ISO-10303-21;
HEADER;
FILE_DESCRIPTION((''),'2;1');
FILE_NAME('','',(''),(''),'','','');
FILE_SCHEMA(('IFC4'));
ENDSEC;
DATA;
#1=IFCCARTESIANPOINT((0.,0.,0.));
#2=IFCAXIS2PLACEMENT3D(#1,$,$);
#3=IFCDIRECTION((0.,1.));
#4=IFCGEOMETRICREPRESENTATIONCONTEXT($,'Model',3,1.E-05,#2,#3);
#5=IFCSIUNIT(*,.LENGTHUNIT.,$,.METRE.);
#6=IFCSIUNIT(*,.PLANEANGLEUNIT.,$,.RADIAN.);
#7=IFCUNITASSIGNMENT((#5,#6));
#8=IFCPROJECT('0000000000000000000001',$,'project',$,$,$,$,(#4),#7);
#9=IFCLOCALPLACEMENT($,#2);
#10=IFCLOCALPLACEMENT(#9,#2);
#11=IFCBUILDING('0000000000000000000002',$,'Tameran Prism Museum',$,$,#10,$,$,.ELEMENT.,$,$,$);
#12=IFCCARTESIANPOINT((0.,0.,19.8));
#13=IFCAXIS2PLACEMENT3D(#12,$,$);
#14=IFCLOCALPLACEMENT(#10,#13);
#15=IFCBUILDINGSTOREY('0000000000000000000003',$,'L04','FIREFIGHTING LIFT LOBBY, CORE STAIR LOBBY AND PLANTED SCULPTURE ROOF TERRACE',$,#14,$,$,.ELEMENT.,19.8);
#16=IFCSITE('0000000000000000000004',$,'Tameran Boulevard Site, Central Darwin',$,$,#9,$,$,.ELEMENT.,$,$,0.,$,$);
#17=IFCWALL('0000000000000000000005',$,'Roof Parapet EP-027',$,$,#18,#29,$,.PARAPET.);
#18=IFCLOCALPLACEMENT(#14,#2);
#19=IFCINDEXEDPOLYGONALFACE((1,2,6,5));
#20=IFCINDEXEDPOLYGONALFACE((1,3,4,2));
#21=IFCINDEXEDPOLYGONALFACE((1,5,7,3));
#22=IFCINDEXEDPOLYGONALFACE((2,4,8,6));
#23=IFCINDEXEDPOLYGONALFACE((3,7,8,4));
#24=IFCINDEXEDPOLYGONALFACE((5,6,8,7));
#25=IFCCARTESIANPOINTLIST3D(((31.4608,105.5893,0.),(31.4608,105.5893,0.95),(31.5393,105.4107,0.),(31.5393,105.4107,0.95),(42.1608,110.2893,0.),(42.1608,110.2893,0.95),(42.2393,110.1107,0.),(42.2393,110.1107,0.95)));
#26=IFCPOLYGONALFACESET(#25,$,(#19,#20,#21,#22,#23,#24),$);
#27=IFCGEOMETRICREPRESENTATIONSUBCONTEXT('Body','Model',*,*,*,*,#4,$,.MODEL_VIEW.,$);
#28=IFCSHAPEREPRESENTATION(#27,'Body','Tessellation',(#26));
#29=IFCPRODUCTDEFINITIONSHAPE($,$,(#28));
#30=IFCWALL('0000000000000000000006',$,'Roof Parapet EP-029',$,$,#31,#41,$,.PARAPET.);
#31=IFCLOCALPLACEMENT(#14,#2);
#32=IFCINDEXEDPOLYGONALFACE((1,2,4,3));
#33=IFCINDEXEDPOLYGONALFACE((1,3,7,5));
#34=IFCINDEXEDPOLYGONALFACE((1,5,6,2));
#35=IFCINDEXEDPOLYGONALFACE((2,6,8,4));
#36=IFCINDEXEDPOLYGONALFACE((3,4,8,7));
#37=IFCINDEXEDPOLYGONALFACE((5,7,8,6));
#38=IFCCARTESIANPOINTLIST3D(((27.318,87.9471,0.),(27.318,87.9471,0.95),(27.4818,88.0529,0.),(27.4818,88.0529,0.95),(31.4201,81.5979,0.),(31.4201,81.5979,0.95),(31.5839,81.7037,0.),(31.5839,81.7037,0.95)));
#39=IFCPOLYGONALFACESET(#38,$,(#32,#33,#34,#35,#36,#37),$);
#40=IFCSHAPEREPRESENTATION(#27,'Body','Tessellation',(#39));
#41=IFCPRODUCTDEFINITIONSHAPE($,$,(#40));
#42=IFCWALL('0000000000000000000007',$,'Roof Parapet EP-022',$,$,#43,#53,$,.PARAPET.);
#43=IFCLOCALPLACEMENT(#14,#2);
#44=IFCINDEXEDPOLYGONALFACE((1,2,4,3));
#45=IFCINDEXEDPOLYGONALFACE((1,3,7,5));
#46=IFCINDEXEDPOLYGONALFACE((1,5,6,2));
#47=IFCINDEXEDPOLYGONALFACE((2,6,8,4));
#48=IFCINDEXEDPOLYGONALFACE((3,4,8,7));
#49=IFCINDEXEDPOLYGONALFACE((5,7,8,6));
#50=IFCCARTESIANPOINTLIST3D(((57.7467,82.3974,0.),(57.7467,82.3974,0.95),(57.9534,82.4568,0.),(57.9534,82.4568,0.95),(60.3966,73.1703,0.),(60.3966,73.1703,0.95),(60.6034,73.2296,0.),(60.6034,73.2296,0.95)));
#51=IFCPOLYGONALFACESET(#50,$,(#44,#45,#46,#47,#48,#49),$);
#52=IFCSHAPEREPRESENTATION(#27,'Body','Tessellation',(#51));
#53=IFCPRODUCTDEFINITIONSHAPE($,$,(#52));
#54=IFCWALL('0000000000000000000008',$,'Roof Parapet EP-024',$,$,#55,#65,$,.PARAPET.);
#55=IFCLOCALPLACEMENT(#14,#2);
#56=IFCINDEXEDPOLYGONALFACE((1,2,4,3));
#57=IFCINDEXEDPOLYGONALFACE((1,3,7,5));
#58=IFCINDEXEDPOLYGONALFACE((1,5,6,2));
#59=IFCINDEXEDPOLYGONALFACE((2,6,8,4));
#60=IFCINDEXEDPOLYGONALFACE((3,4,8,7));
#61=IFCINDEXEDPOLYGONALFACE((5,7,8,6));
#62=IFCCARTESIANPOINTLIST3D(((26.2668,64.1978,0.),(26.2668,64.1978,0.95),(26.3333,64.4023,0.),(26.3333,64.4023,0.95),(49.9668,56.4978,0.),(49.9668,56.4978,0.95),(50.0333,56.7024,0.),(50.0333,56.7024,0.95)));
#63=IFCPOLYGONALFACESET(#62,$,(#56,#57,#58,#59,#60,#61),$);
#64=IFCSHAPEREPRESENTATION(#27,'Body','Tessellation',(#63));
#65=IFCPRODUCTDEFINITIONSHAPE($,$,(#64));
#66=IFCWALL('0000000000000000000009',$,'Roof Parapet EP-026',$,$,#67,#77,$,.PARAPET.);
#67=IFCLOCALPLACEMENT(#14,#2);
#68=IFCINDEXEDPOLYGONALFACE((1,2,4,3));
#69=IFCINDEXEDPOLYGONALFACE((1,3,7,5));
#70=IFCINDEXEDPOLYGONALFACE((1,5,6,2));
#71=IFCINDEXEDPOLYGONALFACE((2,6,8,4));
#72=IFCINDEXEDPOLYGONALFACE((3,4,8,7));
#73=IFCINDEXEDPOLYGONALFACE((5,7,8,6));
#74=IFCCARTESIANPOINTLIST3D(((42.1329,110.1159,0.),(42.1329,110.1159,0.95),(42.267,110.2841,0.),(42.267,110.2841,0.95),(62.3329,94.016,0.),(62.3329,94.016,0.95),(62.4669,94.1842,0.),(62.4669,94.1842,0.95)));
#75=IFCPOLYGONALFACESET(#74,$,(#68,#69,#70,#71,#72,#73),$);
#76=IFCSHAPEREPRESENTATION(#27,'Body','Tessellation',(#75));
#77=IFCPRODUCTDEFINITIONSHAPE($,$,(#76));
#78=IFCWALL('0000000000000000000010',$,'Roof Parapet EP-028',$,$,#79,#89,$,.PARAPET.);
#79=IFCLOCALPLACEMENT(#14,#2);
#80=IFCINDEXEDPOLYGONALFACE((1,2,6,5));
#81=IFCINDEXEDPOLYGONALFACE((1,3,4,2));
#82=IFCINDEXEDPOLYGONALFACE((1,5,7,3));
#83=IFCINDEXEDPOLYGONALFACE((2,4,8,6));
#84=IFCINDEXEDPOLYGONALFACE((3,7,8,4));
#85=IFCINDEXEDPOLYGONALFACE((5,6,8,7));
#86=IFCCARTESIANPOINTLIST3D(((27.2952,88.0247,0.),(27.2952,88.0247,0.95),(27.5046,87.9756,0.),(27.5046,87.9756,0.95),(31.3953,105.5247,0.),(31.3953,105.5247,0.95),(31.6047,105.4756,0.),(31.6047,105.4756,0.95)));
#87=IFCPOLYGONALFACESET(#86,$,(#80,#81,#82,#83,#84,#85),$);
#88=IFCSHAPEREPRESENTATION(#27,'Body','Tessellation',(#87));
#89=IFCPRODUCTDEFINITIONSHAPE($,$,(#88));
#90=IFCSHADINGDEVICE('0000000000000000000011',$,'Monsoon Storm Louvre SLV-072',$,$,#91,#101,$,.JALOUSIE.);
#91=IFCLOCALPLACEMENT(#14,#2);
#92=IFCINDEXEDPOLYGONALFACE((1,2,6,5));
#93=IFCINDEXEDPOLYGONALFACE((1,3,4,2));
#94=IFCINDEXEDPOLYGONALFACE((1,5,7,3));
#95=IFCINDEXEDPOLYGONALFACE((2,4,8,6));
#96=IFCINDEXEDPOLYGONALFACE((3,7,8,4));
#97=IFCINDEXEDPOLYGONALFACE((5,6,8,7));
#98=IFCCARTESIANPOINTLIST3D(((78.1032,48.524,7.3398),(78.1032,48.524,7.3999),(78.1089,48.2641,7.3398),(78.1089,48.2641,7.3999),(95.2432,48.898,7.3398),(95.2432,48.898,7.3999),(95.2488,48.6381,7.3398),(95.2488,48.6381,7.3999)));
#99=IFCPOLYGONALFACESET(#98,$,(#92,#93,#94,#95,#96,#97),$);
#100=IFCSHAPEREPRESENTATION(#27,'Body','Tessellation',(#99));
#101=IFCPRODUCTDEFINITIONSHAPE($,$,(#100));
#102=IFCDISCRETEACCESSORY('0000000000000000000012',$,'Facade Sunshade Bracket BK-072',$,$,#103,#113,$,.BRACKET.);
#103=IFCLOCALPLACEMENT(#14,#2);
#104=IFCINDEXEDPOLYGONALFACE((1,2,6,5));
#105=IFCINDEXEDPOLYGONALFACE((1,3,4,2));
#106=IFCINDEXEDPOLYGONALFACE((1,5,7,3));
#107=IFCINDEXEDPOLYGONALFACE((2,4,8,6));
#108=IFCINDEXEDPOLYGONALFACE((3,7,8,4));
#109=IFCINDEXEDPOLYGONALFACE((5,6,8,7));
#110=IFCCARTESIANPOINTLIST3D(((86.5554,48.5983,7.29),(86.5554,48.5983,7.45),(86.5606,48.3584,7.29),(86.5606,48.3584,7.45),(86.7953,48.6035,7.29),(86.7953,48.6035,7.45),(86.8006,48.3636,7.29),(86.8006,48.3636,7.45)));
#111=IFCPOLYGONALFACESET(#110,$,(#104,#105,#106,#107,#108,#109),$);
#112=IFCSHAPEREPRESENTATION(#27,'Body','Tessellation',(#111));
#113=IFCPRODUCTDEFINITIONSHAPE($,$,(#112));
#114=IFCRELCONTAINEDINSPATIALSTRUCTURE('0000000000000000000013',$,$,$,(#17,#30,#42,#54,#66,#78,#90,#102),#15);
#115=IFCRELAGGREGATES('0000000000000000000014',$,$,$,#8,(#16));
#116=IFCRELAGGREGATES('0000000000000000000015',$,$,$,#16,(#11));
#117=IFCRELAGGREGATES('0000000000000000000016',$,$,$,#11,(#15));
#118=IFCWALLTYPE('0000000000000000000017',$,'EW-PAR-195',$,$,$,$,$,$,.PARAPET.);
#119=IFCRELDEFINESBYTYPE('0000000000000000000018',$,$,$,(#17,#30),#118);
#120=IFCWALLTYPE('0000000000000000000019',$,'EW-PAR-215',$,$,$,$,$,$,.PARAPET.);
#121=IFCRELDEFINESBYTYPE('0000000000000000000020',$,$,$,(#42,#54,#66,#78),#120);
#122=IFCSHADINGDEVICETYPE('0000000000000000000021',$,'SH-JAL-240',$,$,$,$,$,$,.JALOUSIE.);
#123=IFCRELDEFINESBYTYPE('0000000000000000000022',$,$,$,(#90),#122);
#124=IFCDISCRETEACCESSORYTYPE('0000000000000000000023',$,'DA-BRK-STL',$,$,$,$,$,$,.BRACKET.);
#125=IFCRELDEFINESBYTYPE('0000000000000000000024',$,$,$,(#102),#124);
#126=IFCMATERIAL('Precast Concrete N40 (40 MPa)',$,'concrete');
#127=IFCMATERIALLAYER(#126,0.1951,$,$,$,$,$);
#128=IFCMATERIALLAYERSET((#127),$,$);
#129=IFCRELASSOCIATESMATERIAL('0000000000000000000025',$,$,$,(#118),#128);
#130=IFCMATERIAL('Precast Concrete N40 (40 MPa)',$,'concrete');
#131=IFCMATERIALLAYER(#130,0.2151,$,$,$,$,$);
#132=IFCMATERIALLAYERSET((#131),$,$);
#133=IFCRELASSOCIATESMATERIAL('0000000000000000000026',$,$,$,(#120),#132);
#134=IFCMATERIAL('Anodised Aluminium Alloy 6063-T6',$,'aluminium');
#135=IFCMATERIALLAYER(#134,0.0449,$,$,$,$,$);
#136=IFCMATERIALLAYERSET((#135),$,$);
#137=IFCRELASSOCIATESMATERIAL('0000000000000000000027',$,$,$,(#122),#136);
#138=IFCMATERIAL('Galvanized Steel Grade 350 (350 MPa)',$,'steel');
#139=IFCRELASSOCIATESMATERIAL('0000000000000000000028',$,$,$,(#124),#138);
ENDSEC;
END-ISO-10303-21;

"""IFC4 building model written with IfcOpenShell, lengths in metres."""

from ifc_helpers import new_model, si_unit, direction, frame, frame_2d, origin, origin_2d, place, context, subcontext, project, spatial, rectangle, extrude, material, layer, layer_set, type_object, element, save


model = new_model("IFC4")

# Units and contexts
model_context = context("Model", 3, precision=1e-05, world=origin(), true_north=direction((0.0, 1.0)))
body_context = subcontext(model_context, "Body", "Model", "MODEL_VIEW")
ifc_project = project(units=[si_unit("LENGTHUNIT", "METRE"), si_unit("PLANEANGLEUNIT", "RADIAN")], contexts=[model_context])

# Site, building, storey
site_placement = place(None, origin())
site = spatial("IfcSite", under=ifc_project, at=site_placement, Name="Tameran Boulevard Site, Central Darwin", CompositionType="ELEMENT", RefElevation=0.0)
building_placement = place(site_placement, origin())
building = spatial("IfcBuilding", under=site, at=building_placement, Name="Tameran Prism Museum", CompositionType="ELEMENT")
storey_placement = place(building_placement, frame((0.0, 0.0, 19.8)))
storey = spatial("IfcBuildingStorey", under=building, at=storey_placement, Name="L04", Description="FIREFIGHTING LIFT LOBBY, CORE STAIR LOBBY AND PLANTED SCULPTURE ROOF TERRACE", CompositionType="ELEMENT", Elevation=19.8)

# Walls
ifc_material_1 = material(Name="Precast Concrete N40 (40 MPa)", Category="concrete")
ifc_layer_1 = layer(ifc_material_1, 0.1951)
ifc_layer_set_1 = layer_set([ifc_layer_1])
wall_type_1 = type_object("IfcWallType", Name="EW-PAR-195", PredefinedType="PARAPET", material=ifc_layer_set_1)
wall_1_placement = place(storey_placement, frame((42.2, 110.2, 0.0), z_axis=(0.0, 0.0, 1.0), x_axis=(-0.915568, -0.402163, 0.0)))
element("IfcWall", 1, at=wall_1_placement, inside=storey, type_object=wall_type_1, Name="Roof Parapet EP-027", PredefinedType="PARAPET", context=body_context, shape_type="SweptSolid", body=[
    extrude(rectangle(XDim=11.6868, YDim=0.1951, at=frame_2d((5.8433, 0.0))), origin(), (0.0, 0.0, 1.0), 0.95),
])
wall_2_placement = place(storey_placement, frame((27.3999, 88.0, 0.0), z_axis=(0.0, 0.0, 1.0), x_axis=(0.542673, -0.839944, 0.0)))
element("IfcWall", 2, at=wall_2_placement, inside=storey, type_object=wall_type_1, Name="Roof Parapet EP-029", PredefinedType="PARAPET", context=body_context, shape_type="SweptSolid", body=[
    extrude(rectangle(XDim=7.5591, YDim=0.1951, at=frame_2d((3.7795, 0.0))), origin(), (0.0, 0.0, 1.0), 0.95),
])
ifc_material_2 = material(Name="Precast Concrete N40 (40 MPa)", Category="concrete")
ifc_layer_2 = layer(ifc_material_2, 0.2151)
ifc_layer_set_2 = layer_set([ifc_layer_2])
wall_type_2 = type_object("IfcWallType", Name="EW-PAR-215", PredefinedType="PARAPET", material=ifc_layer_set_2)
wall_3_placement = place(storey_placement, frame((60.5, 73.2, 0.0), z_axis=(0.0, 0.0, 1.0), x_axis=(-0.276031, 0.961149, 0.0)))
element("IfcWall", 3, at=wall_3_placement, inside=storey, type_object=wall_type_2, Name="Roof Parapet EP-022", PredefinedType="PARAPET", context=body_context, shape_type="SweptSolid", body=[
    extrude(rectangle(XDim=9.6001, YDim=0.2151, at=frame_2d((4.8, 0.0))), origin(), (0.0, 0.0, 1.0), 0.95),
])
wall_4_placement = place(storey_placement, frame((26.3, 64.3, 0.0), z_axis=(0.0, 0.0, 1.0), x_axis=(0.951064, -0.308994, 0.0)))
element("IfcWall", 4, at=wall_4_placement, inside=storey, type_object=wall_type_2, Name="Roof Parapet EP-024", PredefinedType="PARAPET", context=body_context, shape_type="SweptSolid", body=[
    extrude(rectangle(XDim=24.9194, YDim=0.2151, at=frame_2d((12.4597, 0.0))), origin(), (0.0, 0.0, 1.0), 0.95),
])
wall_5_placement = place(storey_placement, frame((62.3999, 94.1001, 0.0), z_axis=(0.0, 0.0, 1.0), x_axis=(-0.782003, 0.623275, 0.0)))
element("IfcWall", 5, at=wall_5_placement, inside=storey, type_object=wall_type_2, Name="Roof Parapet EP-026", PredefinedType="PARAPET", context=body_context, shape_type="SweptSolid", body=[
    extrude(rectangle(XDim=25.8311, YDim=0.2151, at=frame_2d((12.9155, 0.0))), origin(), (0.0, 0.0, 1.0), 0.95),
])
wall_6_placement = place(storey_placement, frame((31.5, 105.5, 0.0), z_axis=(0.0, 0.0, 1.0), x_axis=(-0.228114, -0.973634, 0.0)))
element("IfcWall", 6, at=wall_6_placement, inside=storey, type_object=wall_type_2, Name="Roof Parapet EP-028", PredefinedType="PARAPET", context=body_context, shape_type="SweptSolid", body=[
    extrude(rectangle(XDim=17.9739, YDim=0.2151, at=frame_2d((8.9868, 0.0))), origin(), (0.0, 0.0, 1.0), 0.95),
])

# Shading device
ifc_material_3 = material(Name="Anodised Aluminium Alloy 6063-T6", Category="aluminium")
ifc_layer_3 = layer(ifc_material_3, 0.0449)
ifc_layer_set_3 = layer_set([ifc_layer_3])
shading_device_type = type_object("IfcShadingDeviceType", Name="SH-JAL-240", PredefinedType="JALOUSIE", material=ifc_layer_set_3)
shading_device_placement = place(storey_placement, frame((86.676, 48.5811, 7.3398), z_axis=(0.0, 0.0, 1.0), x_axis=(0.999762, 0.021815, 0.0)))
element("IfcShadingDevice", 7, at=shading_device_placement, inside=storey, type_object=shading_device_type, Name="Monsoon Storm Louvre SLV-072", PredefinedType="JALOUSIE", context=body_context, shape_type="SweptSolid", body=[
    extrude(rectangle(XDim=17.144, YDim=0.26, at=origin_2d()), origin(), (0.0, 0.0, 1.0), 0.0601),
])

# Discrete accessory
ifc_material_4 = material(Name="Galvanized Steel Grade 350 (350 MPa)", Category="steel")
discrete_accessory_type = type_object("IfcDiscreteAccessoryType", Name="DA-BRK-STL", PredefinedType="BRACKET", material=ifc_material_4)
discrete_accessory_placement = place(storey_placement, frame((86.678, 48.481, 7.29), z_axis=(0.0, 0.0, 1.0), x_axis=(0.999762, 0.021815, 0.0)))
element("IfcDiscreteAccessory", 8, at=discrete_accessory_placement, inside=storey, type_object=discrete_accessory_type, Name="Facade Sunshade Bracket BK-072", PredefinedType="BRACKET", context=body_context, shape_type="SweptSolid", body=[
    extrude(rectangle(XDim=0.24, YDim=0.24, at=origin_2d()), origin(), (0.0, 0.0, 1.0), 0.1599),
])

save(model, "model.ifc")
